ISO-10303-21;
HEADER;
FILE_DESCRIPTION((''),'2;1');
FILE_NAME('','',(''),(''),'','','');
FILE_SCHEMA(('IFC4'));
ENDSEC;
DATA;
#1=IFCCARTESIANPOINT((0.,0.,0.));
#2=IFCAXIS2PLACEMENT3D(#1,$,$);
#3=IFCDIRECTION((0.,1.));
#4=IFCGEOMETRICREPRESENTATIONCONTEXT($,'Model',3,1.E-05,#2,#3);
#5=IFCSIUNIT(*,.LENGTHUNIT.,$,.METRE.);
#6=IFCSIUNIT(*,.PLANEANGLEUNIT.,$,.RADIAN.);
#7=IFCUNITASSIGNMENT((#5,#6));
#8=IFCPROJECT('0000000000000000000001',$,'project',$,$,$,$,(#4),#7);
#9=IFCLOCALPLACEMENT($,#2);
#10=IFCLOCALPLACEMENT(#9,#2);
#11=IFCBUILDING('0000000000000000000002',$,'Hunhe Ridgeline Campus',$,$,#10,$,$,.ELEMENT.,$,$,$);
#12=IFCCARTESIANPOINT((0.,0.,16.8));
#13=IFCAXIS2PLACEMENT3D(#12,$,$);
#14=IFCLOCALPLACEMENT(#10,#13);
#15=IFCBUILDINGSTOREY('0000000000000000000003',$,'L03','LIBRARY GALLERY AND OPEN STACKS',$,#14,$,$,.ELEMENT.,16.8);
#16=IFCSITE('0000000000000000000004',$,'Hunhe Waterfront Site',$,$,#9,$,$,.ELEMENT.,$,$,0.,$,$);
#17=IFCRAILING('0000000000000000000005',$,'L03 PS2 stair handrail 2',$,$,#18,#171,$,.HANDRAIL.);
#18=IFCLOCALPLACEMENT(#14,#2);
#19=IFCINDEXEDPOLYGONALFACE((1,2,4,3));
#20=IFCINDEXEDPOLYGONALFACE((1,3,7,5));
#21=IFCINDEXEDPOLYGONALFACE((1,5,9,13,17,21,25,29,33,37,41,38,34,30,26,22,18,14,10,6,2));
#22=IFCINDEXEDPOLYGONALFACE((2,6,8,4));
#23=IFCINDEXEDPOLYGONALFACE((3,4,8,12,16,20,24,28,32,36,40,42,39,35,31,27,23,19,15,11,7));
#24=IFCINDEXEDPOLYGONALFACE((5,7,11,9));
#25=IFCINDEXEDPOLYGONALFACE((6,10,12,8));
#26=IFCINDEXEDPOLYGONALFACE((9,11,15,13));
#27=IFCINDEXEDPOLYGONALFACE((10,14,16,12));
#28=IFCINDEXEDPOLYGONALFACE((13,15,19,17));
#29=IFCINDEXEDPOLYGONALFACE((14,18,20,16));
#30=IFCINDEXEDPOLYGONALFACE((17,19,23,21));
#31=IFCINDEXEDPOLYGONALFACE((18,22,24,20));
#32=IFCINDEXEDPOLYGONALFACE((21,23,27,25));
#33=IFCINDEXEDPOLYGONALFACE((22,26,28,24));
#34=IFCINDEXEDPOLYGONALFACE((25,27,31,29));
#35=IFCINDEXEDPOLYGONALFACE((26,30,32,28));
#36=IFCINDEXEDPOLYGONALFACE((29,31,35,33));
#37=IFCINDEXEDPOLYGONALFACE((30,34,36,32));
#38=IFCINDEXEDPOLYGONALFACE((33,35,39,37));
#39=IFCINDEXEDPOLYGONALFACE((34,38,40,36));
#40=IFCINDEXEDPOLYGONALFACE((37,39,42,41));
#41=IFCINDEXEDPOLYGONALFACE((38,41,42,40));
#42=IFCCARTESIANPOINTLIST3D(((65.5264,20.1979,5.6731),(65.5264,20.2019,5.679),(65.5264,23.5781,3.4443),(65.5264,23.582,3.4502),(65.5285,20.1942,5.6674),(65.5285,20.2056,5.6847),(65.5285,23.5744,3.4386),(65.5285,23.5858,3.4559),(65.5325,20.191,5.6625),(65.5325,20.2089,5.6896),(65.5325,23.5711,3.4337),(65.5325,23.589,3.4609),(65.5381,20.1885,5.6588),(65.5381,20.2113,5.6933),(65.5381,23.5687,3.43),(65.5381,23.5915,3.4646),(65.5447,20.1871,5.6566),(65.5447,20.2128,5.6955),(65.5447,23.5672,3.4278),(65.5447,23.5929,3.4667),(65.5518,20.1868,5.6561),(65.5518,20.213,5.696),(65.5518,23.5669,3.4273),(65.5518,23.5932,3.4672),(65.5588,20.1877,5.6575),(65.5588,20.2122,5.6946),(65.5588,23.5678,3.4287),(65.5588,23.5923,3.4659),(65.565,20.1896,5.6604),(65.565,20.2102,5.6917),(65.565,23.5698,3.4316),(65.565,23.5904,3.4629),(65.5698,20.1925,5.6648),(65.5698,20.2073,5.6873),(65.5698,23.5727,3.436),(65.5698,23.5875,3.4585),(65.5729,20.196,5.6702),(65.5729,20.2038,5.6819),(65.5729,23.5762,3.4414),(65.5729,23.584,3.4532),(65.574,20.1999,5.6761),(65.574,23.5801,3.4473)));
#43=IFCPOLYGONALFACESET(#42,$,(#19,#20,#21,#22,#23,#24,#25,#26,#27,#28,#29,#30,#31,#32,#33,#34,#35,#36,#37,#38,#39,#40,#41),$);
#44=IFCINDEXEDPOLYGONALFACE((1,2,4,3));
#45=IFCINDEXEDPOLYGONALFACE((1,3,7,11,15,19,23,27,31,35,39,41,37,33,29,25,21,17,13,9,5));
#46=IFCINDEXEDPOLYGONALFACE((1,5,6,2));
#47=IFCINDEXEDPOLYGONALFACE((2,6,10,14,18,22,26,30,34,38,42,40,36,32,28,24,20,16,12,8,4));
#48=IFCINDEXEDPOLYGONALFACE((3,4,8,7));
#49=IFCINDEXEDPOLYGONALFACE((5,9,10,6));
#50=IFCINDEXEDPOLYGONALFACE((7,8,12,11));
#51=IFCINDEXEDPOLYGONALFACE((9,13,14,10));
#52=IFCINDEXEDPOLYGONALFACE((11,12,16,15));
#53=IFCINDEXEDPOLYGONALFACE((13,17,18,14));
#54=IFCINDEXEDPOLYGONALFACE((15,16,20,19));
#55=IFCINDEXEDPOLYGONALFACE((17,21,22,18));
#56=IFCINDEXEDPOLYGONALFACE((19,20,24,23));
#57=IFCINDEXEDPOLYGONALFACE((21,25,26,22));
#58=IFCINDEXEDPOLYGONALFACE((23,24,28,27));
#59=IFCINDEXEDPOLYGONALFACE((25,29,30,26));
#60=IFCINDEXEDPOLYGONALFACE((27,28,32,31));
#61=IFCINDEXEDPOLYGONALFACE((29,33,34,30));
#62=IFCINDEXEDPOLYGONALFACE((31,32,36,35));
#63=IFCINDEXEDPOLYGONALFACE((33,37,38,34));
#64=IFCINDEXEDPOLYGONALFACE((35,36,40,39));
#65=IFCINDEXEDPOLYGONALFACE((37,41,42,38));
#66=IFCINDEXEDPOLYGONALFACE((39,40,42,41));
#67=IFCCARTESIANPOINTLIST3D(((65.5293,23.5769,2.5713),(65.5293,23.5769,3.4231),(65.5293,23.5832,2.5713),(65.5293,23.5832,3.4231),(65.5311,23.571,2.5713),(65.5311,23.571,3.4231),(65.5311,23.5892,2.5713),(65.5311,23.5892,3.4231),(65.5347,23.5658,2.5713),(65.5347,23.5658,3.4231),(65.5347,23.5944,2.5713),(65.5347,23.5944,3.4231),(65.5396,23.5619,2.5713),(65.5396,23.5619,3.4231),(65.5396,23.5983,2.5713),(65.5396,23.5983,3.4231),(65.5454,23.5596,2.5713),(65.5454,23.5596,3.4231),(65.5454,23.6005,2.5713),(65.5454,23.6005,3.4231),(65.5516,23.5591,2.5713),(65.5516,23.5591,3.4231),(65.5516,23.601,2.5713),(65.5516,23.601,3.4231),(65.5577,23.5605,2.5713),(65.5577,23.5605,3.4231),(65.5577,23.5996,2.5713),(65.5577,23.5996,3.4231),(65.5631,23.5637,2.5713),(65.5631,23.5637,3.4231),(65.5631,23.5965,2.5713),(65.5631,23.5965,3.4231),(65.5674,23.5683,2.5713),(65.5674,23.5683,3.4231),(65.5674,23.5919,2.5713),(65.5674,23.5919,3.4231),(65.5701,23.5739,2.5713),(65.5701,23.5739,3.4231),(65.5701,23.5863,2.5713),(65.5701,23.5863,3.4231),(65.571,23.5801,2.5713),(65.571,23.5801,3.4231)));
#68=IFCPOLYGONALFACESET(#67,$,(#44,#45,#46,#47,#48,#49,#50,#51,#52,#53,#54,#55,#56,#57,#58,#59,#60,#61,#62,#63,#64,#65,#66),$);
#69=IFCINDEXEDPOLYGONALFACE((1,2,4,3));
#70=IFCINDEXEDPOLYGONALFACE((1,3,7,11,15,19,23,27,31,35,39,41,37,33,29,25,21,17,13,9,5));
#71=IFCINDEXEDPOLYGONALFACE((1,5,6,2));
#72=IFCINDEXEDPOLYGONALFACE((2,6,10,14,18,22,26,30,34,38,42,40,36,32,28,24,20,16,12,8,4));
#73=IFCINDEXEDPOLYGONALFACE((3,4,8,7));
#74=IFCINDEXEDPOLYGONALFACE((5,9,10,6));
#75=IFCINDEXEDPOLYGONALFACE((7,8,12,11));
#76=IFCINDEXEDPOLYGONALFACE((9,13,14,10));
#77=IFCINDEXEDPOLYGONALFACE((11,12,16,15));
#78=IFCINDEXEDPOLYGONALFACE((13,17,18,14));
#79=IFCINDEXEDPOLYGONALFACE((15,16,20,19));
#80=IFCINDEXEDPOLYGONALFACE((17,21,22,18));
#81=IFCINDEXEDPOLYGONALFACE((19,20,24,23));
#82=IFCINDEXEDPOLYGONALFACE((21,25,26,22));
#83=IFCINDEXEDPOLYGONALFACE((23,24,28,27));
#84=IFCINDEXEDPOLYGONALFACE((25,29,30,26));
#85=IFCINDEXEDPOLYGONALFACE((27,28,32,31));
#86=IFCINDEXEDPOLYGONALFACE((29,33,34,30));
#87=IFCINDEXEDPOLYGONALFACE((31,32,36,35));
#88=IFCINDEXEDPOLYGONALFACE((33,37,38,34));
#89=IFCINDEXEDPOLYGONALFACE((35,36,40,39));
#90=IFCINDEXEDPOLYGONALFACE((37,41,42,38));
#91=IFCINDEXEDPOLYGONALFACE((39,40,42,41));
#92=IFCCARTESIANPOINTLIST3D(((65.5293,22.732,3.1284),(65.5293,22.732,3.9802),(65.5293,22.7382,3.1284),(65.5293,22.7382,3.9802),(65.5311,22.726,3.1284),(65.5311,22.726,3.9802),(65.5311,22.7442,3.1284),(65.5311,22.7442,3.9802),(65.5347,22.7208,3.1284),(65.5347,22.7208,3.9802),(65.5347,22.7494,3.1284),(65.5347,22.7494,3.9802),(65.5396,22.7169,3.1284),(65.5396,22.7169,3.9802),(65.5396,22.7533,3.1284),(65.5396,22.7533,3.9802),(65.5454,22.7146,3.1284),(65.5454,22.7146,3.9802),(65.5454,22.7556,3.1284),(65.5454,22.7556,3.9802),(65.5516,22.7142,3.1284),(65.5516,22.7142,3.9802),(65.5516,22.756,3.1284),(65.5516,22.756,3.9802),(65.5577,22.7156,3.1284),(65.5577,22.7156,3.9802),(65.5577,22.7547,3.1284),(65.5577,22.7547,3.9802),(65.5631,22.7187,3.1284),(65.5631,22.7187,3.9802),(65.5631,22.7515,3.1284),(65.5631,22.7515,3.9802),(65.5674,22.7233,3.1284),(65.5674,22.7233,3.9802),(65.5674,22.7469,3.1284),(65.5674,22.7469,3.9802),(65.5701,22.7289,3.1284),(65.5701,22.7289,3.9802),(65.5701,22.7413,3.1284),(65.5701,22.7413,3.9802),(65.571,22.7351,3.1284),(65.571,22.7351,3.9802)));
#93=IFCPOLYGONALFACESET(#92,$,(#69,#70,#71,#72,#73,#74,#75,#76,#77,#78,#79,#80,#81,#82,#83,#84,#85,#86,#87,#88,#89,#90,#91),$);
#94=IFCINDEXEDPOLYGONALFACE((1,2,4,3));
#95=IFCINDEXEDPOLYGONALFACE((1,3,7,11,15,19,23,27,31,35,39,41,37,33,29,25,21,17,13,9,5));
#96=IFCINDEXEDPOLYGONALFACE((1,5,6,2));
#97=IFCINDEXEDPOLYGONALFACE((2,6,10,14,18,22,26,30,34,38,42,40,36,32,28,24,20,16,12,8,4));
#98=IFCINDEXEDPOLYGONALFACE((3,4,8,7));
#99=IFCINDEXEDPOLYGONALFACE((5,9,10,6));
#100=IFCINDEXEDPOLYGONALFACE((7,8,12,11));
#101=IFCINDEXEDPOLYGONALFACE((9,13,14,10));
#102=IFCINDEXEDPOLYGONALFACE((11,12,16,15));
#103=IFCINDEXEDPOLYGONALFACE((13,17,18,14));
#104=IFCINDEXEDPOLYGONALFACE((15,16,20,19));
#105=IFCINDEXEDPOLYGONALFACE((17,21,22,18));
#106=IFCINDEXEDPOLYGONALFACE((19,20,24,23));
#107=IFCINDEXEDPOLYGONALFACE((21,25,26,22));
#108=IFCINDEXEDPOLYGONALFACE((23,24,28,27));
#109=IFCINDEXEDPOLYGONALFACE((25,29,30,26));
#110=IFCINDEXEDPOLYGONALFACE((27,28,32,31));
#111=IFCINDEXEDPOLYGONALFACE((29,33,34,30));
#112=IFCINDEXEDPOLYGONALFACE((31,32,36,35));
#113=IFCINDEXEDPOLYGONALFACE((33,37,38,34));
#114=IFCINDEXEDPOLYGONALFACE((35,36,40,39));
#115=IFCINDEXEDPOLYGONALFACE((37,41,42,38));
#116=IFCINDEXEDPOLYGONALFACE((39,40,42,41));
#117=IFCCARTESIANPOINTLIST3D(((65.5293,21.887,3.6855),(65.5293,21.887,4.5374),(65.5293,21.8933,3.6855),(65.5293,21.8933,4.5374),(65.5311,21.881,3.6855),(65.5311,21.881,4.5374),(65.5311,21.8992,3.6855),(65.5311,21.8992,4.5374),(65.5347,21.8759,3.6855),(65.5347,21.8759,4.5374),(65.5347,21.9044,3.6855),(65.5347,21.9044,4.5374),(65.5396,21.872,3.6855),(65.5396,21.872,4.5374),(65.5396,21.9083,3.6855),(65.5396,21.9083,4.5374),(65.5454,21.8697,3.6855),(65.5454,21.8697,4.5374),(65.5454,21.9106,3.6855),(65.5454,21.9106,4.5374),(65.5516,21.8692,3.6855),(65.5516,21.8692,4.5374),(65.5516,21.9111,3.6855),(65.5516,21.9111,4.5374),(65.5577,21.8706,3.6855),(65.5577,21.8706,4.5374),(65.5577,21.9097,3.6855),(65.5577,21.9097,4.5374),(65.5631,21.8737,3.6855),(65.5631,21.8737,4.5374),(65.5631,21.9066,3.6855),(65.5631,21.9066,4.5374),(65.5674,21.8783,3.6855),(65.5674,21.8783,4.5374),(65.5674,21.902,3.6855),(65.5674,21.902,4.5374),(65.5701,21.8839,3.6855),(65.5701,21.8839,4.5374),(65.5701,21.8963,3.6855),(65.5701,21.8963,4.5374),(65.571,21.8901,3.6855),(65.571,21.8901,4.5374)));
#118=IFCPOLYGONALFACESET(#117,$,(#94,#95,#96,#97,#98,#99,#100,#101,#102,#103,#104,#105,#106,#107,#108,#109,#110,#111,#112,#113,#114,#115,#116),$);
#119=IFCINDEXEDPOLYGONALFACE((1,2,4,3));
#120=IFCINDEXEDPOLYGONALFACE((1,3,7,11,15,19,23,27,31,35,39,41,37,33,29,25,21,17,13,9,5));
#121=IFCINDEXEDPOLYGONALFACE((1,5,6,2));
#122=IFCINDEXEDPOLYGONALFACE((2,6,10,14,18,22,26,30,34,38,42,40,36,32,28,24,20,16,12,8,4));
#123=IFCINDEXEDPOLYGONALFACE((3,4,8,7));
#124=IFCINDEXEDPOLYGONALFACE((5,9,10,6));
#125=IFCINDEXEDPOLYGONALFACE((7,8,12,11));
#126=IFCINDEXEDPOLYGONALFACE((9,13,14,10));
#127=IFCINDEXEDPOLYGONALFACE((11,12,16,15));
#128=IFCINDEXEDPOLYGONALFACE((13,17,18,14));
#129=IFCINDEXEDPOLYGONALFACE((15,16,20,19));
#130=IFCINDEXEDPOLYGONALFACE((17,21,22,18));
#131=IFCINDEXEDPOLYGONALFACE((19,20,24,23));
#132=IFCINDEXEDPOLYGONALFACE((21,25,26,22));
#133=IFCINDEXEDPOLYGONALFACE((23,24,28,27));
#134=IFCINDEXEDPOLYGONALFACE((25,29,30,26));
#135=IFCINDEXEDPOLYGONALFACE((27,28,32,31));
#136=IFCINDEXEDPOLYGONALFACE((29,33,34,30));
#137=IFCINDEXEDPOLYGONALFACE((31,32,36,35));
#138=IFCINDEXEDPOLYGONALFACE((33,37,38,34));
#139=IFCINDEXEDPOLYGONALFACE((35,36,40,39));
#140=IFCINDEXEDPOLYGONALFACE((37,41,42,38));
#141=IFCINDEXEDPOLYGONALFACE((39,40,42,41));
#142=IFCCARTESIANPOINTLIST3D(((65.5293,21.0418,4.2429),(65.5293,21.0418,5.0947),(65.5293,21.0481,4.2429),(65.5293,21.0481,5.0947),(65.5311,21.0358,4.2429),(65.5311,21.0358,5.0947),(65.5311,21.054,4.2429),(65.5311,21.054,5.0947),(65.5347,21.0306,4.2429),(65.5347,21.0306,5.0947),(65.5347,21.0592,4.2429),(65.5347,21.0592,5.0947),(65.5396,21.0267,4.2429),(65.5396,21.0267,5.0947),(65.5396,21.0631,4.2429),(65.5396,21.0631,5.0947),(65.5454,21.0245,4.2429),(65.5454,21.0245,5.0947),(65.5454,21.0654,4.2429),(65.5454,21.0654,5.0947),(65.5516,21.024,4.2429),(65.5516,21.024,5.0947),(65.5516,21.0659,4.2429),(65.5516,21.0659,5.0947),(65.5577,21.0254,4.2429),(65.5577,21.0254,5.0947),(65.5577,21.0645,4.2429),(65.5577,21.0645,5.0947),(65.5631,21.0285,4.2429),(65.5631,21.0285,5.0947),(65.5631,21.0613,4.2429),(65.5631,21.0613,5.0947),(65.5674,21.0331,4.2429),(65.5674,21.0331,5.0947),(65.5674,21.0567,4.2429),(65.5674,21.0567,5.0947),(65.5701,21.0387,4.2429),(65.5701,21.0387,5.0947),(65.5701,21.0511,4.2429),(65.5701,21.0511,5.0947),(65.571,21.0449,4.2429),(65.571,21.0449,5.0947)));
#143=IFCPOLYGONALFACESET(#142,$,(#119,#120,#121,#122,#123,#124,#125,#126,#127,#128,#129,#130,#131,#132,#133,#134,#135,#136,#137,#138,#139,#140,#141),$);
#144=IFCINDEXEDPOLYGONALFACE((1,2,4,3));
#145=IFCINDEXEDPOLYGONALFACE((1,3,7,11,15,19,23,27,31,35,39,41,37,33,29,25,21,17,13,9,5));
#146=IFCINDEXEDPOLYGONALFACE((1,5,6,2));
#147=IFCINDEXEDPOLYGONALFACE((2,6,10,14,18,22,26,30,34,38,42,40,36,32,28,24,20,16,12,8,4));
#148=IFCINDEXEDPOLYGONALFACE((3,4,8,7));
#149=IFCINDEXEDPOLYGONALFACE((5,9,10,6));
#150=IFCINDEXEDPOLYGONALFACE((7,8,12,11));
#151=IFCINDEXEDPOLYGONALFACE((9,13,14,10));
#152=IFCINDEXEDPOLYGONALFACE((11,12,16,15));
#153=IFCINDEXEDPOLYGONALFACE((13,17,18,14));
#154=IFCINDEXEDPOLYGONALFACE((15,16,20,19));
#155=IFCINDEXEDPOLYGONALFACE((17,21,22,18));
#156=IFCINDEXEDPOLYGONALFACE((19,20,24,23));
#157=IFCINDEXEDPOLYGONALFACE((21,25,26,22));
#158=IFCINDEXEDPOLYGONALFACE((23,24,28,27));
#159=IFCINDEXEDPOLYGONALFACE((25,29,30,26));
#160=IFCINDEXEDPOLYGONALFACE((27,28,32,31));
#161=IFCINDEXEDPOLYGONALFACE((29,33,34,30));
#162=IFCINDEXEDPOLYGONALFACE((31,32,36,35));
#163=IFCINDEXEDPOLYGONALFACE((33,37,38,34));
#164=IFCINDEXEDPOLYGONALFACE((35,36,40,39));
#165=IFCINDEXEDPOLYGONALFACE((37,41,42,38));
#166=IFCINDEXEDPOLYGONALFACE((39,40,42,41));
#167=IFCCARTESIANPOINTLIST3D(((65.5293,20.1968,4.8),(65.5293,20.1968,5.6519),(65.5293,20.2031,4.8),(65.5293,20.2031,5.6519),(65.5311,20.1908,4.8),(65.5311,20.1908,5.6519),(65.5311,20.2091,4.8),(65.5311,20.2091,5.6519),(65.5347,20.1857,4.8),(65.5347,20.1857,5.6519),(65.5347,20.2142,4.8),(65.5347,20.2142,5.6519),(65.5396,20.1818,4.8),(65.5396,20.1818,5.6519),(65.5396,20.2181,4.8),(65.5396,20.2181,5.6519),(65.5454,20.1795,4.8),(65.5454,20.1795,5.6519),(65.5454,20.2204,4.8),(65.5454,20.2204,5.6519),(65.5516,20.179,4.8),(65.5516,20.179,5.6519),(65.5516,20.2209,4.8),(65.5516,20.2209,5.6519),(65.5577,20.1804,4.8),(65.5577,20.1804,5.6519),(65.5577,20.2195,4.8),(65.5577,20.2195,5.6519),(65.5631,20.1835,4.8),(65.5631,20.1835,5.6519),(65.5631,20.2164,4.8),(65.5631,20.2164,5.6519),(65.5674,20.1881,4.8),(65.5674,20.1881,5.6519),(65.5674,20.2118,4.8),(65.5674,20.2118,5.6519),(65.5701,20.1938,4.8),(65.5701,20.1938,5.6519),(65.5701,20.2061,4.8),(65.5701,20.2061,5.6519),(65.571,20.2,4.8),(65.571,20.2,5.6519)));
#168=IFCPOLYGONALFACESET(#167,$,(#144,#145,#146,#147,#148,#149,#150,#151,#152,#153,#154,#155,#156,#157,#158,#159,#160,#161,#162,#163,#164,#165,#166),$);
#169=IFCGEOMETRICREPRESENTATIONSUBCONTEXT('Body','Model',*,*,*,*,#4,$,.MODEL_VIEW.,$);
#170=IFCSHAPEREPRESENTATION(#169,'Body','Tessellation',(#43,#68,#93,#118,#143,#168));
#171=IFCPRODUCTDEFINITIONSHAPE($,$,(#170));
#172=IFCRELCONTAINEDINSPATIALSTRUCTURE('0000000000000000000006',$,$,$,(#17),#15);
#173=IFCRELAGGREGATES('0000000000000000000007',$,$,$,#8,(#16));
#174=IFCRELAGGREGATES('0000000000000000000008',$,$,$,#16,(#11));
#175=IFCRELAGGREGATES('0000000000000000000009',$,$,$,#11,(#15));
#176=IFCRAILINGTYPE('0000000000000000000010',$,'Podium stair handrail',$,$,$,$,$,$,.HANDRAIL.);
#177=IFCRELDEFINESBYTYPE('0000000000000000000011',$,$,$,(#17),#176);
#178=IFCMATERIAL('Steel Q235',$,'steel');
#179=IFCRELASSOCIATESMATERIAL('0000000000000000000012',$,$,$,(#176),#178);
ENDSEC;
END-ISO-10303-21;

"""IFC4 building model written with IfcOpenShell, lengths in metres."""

from ifc_helpers import new_model, si_unit, direction, frame, origin, origin_2d, place, context, subcontext, project, spatial, circle, extrude, material, type_object, element, save


model = new_model("IFC4")

# Units and contexts
model_context = context("Model", 3, precision=1e-05, world=origin(), true_north=direction((0.0, 1.0)))
body_context = subcontext(model_context, "Body", "Model", "MODEL_VIEW")
ifc_project = project(units=[si_unit("LENGTHUNIT", "METRE"), si_unit("PLANEANGLEUNIT", "RADIAN")], contexts=[model_context])

# Site, building, storey
site_placement = place(None, origin())
site = spatial("IfcSite", under=ifc_project, at=site_placement, Name="Hunhe Waterfront Site", CompositionType="ELEMENT", RefElevation=0.0)
building_placement = place(site_placement, origin())
building = spatial("IfcBuilding", under=site, at=building_placement, Name="Hunhe Ridgeline Campus", CompositionType="ELEMENT")
storey_placement = place(building_placement, frame((0.0, 0.0, 16.8)))
storey = spatial("IfcBuildingStorey", under=building, at=storey_placement, Name="L03", Description="LIBRARY GALLERY AND OPEN STACKS", CompositionType="ELEMENT", Elevation=16.8)

# Railing
ifc_material_1 = material(Name="Steel Q235", Category="steel")
railing_type_1 = type_object("IfcRailingType", Name="Podium stair handrail", PredefinedType="HANDRAIL", material=ifc_material_1)
railing_1_placement = place(storey_placement, frame((65.55, 23.5801, 2.5713)))
element("IfcRailing", 1, at=railing_1_placement, inside=storey, type_object=railing_type_1, Name="L03 PS2 stair handrail 2", PredefinedType="HANDRAIL", context=body_context, shape_type="SweptSolid", body=[
    extrude(circle(Radius=0.0239, at=origin_2d()), frame((0.0, 0.0, 0.876), z_axis=(0.0, -0.834851, 0.550477), x_axis=(1.0, 0.0, 0.0)), (0.0, 0.0, 1.0), 4.0488),
    extrude(circle(Radius=0.021, at=origin_2d()), origin(), (0.0, 0.0, 1.0), 0.8518),
    extrude(circle(Radius=0.021, at=origin_2d()), frame((0.0, -0.845, 0.5571)), (0.0, 0.0, 1.0), 0.8518),
    extrude(circle(Radius=0.021, at=origin_2d()), frame((0.0, -1.6899, 1.1143)), (0.0, 0.0, 1.0), 0.8518),
    extrude(circle(Radius=0.021, at=origin_2d()), frame((0.0, -2.5352, 1.6716)), (0.0, 0.0, 1.0), 0.8518),
    extrude(circle(Radius=0.021, at=origin_2d()), frame((0.0, -3.3801, 2.2288)), (0.0, 0.0, 1.0), 0.8518),
])

save(model, "model.ifc")
